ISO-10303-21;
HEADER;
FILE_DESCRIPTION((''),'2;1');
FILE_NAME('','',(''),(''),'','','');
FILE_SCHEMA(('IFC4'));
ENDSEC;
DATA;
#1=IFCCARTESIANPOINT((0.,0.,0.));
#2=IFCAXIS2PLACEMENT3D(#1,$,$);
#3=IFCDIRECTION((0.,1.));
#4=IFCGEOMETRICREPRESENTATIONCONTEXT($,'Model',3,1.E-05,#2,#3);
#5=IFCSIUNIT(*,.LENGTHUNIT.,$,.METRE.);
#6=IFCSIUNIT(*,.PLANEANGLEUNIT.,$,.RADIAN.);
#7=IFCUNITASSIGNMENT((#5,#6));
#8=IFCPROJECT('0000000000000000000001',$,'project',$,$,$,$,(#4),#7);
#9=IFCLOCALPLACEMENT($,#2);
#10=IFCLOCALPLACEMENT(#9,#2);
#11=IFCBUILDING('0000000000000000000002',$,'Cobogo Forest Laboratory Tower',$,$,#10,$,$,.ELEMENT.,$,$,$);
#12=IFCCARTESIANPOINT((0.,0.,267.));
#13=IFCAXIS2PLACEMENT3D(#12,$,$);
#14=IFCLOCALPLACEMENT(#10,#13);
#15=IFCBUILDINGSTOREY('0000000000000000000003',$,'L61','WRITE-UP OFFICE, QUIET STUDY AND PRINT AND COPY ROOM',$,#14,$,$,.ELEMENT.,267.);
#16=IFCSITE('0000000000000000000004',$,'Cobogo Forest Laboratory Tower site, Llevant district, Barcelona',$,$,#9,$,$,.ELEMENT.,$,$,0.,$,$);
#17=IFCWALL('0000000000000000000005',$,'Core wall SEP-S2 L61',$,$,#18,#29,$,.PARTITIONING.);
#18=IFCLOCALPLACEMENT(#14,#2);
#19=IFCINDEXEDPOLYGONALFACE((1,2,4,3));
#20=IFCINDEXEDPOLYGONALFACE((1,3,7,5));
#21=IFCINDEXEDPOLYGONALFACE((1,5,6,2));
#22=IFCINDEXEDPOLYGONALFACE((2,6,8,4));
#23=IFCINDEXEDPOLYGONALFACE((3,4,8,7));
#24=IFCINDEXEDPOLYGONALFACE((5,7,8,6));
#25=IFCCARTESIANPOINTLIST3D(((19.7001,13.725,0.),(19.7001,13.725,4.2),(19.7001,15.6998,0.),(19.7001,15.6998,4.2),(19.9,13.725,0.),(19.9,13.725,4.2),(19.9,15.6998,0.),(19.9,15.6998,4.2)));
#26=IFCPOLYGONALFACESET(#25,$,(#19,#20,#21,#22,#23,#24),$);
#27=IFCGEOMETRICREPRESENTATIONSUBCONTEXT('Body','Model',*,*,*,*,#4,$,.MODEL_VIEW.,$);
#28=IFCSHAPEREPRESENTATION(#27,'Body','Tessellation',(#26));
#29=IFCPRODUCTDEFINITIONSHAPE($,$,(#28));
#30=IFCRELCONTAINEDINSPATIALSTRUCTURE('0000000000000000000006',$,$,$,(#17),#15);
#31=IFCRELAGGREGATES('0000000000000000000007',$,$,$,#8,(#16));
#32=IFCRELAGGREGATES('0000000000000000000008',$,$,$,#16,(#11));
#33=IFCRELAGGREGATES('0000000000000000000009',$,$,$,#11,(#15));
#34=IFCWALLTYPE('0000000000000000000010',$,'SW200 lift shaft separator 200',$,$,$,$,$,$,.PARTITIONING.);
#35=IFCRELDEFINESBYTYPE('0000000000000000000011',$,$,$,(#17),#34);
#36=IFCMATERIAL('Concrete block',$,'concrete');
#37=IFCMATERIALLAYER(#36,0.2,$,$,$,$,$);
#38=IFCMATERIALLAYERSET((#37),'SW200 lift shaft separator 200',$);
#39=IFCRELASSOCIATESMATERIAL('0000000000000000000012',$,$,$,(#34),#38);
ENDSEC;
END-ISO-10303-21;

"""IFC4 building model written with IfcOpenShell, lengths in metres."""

from ifc_helpers import new_model, si_unit, direction, frame, frame_2d, origin, place, context, subcontext, project, spatial, rectangle, extrude, material, layer, layer_set, type_object, element, save


model = new_model("IFC4")

# Units and contexts
model_context = context("Model", 3, precision=1e-05, world=origin(), true_north=direction((0.0, 1.0)))
body_context = subcontext(model_context, "Body", "Model", "MODEL_VIEW")
ifc_project = project(units=[si_unit("LENGTHUNIT", "METRE"), si_unit("PLANEANGLEUNIT", "RADIAN")], contexts=[model_context])

# Site, building, storey
site_placement = place(None, origin())
site = spatial("IfcSite", under=ifc_project, at=site_placement, Name="Cobogo Forest Laboratory Tower site, Llevant district, Barcelona", CompositionType="ELEMENT", RefElevation=0.0)
building_placement = place(site_placement, origin())
building = spatial("IfcBuilding", under=site, at=building_placement, Name="Cobogo Forest Laboratory Tower", CompositionType="ELEMENT")
storey_placement = place(building_placement, frame((0.0, 0.0, 267.0)))
storey = spatial("IfcBuildingStorey", under=building, at=storey_placement, Name="L61", Description="WRITE-UP OFFICE, QUIET STUDY AND PRINT AND COPY ROOM", CompositionType="ELEMENT", Elevation=267.0)

# Wall
ifc_material_1 = material(Name="Concrete block", Category="concrete")
ifc_layer_1 = layer(ifc_material_1, 0.2)
ifc_layer_set_1 = layer_set([ifc_layer_1], Name="SW200 lift shaft separator 200")
wall_type_1 = type_object("IfcWallType", Name="SW200 lift shaft separator 200", PredefinedType="PARTITIONING", material=ifc_layer_set_1)
wall_1_placement = place(storey_placement, frame((19.8, 13.7251, 0.0), z_axis=(0.0, 0.0, 1.0), x_axis=(0.0, 1.0, 0.0)))
element("IfcWall", 1, at=wall_1_placement, inside=storey, type_object=wall_type_1, Name="Core wall SEP-S2 L61", PredefinedType="PARTITIONING", context=body_context, shape_type="SweptSolid", body=[
    extrude(rectangle(XDim=1.9749, YDim=0.2, at=frame_2d((0.9873, 0.0))), origin(), (0.0, 0.0, 1.0), 4.2),
])

save(model, "model.ifc")
